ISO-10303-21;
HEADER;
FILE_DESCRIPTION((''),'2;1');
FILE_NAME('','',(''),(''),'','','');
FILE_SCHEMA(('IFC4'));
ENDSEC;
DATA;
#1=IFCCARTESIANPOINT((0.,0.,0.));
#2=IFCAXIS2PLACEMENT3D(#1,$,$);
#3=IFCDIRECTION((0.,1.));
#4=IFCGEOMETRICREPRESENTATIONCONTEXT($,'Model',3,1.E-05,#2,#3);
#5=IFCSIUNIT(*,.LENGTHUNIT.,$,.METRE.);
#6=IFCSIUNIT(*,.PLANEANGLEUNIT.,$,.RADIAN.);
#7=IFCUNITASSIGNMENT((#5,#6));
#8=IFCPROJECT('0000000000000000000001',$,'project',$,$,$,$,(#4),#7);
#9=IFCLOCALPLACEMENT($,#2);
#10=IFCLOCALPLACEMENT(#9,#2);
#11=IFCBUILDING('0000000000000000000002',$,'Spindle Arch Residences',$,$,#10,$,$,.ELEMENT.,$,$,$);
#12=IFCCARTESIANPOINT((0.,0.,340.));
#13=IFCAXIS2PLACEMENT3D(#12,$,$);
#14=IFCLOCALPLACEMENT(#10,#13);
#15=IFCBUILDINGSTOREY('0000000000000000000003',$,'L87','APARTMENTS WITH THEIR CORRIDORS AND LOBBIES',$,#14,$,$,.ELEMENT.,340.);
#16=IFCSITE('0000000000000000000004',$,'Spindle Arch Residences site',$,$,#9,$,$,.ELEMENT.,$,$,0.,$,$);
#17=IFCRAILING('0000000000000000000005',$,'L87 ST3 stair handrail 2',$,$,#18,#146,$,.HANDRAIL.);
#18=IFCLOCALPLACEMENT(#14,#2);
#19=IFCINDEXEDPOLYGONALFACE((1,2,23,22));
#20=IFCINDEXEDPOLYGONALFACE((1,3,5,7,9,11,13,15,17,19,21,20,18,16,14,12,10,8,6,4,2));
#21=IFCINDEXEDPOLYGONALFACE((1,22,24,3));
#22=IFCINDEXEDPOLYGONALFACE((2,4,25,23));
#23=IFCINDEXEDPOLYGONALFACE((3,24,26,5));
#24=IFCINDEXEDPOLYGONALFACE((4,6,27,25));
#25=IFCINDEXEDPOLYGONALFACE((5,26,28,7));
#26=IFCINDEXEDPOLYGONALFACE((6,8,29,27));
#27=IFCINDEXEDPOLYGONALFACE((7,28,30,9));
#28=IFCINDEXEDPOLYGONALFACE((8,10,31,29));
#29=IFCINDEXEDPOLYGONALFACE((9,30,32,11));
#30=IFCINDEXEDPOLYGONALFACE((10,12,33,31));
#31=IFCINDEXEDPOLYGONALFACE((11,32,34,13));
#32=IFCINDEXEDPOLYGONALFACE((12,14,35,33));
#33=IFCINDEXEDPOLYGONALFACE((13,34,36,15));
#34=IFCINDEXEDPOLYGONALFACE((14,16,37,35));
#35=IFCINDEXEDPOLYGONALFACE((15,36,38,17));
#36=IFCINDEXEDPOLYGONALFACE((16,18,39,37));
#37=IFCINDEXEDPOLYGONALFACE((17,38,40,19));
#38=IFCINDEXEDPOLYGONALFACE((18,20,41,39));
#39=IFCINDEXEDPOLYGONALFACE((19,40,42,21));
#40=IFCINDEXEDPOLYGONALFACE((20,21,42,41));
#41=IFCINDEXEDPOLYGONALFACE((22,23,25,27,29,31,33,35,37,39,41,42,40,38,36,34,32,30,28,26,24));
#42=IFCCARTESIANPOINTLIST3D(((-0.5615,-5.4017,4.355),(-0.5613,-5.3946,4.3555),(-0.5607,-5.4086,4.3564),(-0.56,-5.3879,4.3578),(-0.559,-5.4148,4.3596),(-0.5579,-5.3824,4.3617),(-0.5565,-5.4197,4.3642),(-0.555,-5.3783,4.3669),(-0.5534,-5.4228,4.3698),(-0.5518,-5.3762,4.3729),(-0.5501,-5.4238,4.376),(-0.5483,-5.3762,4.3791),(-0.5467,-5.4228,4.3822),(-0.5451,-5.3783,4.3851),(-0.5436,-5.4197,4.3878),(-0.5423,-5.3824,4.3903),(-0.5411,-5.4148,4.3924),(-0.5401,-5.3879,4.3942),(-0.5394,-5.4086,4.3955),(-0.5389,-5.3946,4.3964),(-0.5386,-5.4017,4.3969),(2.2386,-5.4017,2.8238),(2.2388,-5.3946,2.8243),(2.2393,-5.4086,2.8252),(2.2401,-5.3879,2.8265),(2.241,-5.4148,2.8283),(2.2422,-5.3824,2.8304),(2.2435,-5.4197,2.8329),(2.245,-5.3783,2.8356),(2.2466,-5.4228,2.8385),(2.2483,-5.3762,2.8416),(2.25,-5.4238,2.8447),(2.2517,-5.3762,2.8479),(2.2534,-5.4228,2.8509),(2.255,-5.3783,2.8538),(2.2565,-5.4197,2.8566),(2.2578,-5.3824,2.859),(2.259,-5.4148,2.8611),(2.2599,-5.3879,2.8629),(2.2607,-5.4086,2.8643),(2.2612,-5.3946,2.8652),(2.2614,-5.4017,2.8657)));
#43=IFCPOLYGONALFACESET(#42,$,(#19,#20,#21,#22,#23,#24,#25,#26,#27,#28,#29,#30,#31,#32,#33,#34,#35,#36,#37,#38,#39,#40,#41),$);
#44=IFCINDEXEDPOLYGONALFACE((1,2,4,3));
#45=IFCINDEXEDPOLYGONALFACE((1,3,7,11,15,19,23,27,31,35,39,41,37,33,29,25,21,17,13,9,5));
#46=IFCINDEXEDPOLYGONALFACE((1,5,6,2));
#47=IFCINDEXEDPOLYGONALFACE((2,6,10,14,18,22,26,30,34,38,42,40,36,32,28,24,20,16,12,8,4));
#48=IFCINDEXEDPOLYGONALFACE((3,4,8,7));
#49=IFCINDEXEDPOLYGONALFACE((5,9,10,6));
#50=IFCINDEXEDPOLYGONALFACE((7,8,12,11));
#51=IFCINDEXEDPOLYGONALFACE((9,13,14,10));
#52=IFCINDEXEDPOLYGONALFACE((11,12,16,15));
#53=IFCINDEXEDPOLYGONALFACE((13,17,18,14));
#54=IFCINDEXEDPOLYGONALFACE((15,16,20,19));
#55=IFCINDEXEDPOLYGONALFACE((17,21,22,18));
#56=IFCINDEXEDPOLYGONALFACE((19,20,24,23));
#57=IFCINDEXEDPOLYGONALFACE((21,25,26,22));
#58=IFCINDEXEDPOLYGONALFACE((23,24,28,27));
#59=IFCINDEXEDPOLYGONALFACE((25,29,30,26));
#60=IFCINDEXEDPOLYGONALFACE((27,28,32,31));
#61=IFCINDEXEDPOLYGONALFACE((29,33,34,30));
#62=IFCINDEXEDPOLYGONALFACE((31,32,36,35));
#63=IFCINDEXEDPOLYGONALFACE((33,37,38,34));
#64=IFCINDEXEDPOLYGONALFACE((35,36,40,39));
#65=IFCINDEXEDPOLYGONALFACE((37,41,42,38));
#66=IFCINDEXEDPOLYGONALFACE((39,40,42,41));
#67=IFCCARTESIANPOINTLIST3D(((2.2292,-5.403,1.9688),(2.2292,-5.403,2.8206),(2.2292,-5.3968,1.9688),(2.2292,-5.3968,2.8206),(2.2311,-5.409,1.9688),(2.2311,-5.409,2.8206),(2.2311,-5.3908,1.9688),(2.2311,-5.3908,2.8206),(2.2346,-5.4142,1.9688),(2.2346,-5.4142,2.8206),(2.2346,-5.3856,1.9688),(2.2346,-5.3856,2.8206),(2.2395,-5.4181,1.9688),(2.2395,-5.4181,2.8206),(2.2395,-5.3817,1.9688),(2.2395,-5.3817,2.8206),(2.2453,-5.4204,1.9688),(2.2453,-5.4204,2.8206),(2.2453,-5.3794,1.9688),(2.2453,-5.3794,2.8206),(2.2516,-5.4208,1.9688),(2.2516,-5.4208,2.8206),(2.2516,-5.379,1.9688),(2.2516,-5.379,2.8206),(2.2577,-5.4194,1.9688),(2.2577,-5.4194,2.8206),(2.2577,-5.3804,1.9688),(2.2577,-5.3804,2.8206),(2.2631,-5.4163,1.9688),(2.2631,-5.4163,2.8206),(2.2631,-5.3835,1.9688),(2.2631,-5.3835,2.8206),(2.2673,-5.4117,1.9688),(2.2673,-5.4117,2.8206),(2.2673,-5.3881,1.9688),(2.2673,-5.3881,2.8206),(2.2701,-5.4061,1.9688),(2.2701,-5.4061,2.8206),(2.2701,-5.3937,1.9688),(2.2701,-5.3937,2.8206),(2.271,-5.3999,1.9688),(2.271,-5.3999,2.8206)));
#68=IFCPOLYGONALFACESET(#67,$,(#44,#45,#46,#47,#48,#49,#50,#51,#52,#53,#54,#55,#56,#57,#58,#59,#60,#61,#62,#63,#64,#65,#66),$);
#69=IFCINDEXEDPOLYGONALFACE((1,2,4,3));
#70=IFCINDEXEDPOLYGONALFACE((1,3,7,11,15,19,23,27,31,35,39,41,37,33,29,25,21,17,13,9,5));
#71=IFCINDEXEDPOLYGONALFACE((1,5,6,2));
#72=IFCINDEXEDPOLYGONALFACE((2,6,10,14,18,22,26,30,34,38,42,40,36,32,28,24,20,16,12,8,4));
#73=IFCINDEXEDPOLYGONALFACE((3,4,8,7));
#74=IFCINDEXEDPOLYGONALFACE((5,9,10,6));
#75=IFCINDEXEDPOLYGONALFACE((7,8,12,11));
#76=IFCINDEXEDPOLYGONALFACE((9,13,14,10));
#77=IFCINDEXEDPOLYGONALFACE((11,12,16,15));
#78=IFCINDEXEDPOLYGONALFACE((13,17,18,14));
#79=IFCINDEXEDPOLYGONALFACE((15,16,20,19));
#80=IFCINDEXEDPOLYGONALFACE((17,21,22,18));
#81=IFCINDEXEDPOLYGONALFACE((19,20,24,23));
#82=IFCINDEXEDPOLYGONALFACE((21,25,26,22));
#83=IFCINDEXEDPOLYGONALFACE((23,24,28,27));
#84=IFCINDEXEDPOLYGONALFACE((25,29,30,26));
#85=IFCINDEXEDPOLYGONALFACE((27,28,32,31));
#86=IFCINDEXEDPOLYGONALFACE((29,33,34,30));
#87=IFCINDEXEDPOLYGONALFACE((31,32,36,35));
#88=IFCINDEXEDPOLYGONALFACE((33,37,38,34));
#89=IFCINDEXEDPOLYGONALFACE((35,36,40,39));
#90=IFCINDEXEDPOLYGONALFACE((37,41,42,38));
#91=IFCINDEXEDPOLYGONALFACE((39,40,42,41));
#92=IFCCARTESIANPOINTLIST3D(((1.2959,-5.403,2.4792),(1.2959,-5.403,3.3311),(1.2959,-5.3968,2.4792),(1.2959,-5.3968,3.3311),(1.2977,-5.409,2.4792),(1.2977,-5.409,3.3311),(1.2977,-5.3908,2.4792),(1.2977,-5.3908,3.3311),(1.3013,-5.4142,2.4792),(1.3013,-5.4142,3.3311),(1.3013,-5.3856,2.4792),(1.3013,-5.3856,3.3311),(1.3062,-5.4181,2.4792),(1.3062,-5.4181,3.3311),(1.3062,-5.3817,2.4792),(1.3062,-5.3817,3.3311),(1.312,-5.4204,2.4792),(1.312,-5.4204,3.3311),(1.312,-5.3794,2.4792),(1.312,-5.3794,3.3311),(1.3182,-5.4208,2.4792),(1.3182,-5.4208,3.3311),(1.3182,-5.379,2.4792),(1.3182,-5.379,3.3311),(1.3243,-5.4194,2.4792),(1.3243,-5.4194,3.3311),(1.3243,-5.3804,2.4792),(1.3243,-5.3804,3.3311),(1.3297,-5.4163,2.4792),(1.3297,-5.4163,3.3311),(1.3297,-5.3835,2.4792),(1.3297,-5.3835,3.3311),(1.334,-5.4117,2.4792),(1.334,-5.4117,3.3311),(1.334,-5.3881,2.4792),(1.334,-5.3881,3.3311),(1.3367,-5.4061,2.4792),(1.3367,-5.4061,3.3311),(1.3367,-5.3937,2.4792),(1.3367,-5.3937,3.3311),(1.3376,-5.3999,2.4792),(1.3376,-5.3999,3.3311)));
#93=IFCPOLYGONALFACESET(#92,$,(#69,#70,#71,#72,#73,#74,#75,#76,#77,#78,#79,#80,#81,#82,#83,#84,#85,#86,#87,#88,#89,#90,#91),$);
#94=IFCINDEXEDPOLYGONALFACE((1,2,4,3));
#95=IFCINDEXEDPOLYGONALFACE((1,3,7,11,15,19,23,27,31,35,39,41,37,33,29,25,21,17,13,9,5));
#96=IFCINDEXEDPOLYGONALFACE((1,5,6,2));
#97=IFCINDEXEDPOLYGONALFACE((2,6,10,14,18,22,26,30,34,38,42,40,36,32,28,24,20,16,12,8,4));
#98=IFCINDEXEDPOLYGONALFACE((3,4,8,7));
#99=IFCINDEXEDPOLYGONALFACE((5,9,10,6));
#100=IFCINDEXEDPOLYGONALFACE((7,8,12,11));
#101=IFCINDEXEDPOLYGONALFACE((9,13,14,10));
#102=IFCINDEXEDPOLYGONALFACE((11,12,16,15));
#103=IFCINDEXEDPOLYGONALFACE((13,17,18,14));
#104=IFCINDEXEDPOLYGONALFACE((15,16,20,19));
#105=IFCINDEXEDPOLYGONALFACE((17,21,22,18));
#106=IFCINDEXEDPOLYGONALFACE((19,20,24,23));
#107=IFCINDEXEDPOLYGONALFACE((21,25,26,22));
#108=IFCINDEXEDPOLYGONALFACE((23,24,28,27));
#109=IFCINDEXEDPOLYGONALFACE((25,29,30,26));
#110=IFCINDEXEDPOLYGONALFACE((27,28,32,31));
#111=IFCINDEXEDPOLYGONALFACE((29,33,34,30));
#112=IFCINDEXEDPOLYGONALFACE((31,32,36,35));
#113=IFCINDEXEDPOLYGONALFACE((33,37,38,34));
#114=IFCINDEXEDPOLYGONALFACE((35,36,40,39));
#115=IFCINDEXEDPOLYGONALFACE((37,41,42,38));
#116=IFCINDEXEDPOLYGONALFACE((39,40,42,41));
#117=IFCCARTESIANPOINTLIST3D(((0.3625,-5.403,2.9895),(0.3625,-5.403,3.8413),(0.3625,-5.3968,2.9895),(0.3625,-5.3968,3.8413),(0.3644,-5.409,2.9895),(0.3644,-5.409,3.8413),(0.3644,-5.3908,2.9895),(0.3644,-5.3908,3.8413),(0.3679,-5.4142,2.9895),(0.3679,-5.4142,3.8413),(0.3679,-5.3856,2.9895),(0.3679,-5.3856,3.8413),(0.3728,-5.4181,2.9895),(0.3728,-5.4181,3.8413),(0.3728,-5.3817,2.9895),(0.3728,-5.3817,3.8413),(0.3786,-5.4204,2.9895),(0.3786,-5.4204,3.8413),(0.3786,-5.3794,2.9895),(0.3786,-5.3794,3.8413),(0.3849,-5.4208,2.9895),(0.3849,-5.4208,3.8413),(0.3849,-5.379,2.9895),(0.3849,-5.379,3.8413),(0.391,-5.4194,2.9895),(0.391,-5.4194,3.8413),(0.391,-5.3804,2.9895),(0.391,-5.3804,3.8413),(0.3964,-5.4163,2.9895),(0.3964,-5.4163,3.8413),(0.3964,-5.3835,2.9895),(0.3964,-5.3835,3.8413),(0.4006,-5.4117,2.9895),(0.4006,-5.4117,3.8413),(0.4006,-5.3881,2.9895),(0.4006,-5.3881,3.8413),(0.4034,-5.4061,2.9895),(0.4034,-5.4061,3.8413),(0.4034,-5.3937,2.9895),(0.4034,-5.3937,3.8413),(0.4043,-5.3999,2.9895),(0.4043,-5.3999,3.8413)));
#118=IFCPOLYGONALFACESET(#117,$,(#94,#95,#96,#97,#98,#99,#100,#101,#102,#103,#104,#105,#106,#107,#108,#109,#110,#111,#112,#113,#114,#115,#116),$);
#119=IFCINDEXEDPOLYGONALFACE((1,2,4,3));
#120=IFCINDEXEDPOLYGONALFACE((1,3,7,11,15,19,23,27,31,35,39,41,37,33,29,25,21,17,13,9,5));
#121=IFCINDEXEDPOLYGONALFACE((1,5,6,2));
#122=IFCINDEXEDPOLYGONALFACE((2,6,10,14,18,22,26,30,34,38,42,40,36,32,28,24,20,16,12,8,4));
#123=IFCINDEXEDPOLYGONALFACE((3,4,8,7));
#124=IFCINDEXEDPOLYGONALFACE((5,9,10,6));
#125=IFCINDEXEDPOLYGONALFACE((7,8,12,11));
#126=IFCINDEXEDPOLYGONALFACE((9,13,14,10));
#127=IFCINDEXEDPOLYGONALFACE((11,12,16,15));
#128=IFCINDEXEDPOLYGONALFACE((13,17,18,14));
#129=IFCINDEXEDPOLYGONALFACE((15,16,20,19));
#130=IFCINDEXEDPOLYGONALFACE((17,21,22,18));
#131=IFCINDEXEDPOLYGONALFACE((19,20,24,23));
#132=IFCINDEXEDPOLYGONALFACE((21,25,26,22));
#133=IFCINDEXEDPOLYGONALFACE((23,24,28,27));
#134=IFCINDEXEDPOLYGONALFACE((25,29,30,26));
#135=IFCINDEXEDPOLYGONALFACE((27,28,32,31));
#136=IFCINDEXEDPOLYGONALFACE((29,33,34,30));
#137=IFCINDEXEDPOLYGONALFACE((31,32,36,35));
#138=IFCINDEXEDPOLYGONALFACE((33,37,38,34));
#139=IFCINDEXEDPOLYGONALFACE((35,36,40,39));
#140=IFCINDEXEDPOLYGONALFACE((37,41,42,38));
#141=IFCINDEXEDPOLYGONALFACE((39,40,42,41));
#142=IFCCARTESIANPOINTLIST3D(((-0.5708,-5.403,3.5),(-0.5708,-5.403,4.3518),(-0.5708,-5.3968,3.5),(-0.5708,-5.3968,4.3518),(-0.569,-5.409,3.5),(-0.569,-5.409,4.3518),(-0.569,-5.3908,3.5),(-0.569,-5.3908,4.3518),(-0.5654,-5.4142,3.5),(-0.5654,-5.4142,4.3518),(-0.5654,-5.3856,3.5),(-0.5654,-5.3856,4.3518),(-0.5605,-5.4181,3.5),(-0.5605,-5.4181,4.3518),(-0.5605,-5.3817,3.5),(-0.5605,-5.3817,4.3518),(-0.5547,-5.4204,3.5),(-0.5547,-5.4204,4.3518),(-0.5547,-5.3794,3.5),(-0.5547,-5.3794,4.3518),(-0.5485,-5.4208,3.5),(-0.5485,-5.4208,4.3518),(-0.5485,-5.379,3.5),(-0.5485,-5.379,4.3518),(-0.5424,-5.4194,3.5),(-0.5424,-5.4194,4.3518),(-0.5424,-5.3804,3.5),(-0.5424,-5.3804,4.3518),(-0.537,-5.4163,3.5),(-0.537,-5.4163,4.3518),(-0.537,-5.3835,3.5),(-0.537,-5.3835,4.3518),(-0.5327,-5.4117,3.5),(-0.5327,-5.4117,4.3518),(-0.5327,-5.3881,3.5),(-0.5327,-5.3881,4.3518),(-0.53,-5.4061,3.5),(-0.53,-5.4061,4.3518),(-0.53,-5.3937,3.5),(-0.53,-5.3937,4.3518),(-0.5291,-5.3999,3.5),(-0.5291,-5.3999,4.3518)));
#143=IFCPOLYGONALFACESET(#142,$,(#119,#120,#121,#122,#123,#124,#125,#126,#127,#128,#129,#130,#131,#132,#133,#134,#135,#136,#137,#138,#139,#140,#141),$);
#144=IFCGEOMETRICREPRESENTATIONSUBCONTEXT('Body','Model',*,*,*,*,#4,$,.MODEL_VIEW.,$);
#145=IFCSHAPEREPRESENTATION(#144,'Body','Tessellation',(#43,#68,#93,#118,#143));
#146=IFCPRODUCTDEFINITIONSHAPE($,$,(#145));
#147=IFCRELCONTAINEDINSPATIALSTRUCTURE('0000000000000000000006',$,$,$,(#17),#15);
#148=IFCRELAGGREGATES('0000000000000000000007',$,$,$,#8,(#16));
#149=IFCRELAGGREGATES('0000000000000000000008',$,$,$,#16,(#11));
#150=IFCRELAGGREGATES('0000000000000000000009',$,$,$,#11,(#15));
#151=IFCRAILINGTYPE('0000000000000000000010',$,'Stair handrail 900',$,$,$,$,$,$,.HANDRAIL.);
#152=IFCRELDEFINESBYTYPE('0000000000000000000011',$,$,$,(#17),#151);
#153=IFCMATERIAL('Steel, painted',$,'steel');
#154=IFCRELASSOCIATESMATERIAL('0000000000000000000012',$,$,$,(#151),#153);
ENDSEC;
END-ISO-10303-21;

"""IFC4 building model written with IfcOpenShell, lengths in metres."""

from ifc_helpers import new_model, si_unit, direction, frame, origin, origin_2d, place, context, subcontext, project, spatial, circle, extrude, material, type_object, element, save


model = new_model("IFC4")

# Units and contexts
model_context = context("Model", 3, precision=1e-05, world=origin(), true_north=direction((0.0, 1.0)))
body_context = subcontext(model_context, "Body", "Model", "MODEL_VIEW")
ifc_project = project(units=[si_unit("LENGTHUNIT", "METRE"), si_unit("PLANEANGLEUNIT", "RADIAN")], contexts=[model_context])

# Site, building, storey
site_placement = place(None, origin())
site = spatial("IfcSite", under=ifc_project, at=site_placement, Name="Spindle Arch Residences site", CompositionType="ELEMENT", RefElevation=0.0)
building_placement = place(site_placement, origin())
building = spatial("IfcBuilding", under=site, at=building_placement, Name="Spindle Arch Residences", CompositionType="ELEMENT")
storey_placement = place(building_placement, frame((0.0, 0.0, 340.0)))
storey = spatial("IfcBuildingStorey", under=building, at=storey_placement, Name="L87", Description="APARTMENTS WITH THEIR CORRIDORS AND LOBBIES", CompositionType="ELEMENT", Elevation=340.0)

# Railing
ifc_material_1 = material(Name="Steel, painted", Category="steel")
railing_type = type_object("IfcRailingType", Name="Stair handrail 900", PredefinedType="HANDRAIL", material=ifc_material_1)
railing_placement = place(storey_placement, frame((2.25, -5.3999, 1.9688)))
element("IfcRailing", 1, at=railing_placement, inside=storey, type_object=railing_type, Name="L87 ST3 stair handrail 2", PredefinedType="HANDRAIL", context=body_context, shape_type="SweptSolid", body=[
    extrude(circle(Radius=0.0239, at=origin_2d()), frame((0.0, 0.0, 0.876), z_axis=(-0.877375, 0.0, 0.479806), x_axis=(0.0, -1.0, 0.0)), (0.0, 0.0, 1.0), 3.1914),
    extrude(circle(Radius=0.021, at=origin_2d()), origin(), (0.0, 0.0, 1.0), 0.8518),
    extrude(circle(Radius=0.021, at=origin_2d()), frame((-0.9333, 0.0, 0.5105)), (0.0, 0.0, 1.0), 0.8518),
    extrude(circle(Radius=0.021, at=origin_2d()), frame((-1.8667, 0.0, 1.0208)), (0.0, 0.0, 1.0), 0.8518),
    extrude(circle(Radius=0.021, at=origin_2d()), frame((-2.8, 0.0, 1.5312)), (0.0, 0.0, 1.0), 0.8518),
])

save(model, "model.ifc")
